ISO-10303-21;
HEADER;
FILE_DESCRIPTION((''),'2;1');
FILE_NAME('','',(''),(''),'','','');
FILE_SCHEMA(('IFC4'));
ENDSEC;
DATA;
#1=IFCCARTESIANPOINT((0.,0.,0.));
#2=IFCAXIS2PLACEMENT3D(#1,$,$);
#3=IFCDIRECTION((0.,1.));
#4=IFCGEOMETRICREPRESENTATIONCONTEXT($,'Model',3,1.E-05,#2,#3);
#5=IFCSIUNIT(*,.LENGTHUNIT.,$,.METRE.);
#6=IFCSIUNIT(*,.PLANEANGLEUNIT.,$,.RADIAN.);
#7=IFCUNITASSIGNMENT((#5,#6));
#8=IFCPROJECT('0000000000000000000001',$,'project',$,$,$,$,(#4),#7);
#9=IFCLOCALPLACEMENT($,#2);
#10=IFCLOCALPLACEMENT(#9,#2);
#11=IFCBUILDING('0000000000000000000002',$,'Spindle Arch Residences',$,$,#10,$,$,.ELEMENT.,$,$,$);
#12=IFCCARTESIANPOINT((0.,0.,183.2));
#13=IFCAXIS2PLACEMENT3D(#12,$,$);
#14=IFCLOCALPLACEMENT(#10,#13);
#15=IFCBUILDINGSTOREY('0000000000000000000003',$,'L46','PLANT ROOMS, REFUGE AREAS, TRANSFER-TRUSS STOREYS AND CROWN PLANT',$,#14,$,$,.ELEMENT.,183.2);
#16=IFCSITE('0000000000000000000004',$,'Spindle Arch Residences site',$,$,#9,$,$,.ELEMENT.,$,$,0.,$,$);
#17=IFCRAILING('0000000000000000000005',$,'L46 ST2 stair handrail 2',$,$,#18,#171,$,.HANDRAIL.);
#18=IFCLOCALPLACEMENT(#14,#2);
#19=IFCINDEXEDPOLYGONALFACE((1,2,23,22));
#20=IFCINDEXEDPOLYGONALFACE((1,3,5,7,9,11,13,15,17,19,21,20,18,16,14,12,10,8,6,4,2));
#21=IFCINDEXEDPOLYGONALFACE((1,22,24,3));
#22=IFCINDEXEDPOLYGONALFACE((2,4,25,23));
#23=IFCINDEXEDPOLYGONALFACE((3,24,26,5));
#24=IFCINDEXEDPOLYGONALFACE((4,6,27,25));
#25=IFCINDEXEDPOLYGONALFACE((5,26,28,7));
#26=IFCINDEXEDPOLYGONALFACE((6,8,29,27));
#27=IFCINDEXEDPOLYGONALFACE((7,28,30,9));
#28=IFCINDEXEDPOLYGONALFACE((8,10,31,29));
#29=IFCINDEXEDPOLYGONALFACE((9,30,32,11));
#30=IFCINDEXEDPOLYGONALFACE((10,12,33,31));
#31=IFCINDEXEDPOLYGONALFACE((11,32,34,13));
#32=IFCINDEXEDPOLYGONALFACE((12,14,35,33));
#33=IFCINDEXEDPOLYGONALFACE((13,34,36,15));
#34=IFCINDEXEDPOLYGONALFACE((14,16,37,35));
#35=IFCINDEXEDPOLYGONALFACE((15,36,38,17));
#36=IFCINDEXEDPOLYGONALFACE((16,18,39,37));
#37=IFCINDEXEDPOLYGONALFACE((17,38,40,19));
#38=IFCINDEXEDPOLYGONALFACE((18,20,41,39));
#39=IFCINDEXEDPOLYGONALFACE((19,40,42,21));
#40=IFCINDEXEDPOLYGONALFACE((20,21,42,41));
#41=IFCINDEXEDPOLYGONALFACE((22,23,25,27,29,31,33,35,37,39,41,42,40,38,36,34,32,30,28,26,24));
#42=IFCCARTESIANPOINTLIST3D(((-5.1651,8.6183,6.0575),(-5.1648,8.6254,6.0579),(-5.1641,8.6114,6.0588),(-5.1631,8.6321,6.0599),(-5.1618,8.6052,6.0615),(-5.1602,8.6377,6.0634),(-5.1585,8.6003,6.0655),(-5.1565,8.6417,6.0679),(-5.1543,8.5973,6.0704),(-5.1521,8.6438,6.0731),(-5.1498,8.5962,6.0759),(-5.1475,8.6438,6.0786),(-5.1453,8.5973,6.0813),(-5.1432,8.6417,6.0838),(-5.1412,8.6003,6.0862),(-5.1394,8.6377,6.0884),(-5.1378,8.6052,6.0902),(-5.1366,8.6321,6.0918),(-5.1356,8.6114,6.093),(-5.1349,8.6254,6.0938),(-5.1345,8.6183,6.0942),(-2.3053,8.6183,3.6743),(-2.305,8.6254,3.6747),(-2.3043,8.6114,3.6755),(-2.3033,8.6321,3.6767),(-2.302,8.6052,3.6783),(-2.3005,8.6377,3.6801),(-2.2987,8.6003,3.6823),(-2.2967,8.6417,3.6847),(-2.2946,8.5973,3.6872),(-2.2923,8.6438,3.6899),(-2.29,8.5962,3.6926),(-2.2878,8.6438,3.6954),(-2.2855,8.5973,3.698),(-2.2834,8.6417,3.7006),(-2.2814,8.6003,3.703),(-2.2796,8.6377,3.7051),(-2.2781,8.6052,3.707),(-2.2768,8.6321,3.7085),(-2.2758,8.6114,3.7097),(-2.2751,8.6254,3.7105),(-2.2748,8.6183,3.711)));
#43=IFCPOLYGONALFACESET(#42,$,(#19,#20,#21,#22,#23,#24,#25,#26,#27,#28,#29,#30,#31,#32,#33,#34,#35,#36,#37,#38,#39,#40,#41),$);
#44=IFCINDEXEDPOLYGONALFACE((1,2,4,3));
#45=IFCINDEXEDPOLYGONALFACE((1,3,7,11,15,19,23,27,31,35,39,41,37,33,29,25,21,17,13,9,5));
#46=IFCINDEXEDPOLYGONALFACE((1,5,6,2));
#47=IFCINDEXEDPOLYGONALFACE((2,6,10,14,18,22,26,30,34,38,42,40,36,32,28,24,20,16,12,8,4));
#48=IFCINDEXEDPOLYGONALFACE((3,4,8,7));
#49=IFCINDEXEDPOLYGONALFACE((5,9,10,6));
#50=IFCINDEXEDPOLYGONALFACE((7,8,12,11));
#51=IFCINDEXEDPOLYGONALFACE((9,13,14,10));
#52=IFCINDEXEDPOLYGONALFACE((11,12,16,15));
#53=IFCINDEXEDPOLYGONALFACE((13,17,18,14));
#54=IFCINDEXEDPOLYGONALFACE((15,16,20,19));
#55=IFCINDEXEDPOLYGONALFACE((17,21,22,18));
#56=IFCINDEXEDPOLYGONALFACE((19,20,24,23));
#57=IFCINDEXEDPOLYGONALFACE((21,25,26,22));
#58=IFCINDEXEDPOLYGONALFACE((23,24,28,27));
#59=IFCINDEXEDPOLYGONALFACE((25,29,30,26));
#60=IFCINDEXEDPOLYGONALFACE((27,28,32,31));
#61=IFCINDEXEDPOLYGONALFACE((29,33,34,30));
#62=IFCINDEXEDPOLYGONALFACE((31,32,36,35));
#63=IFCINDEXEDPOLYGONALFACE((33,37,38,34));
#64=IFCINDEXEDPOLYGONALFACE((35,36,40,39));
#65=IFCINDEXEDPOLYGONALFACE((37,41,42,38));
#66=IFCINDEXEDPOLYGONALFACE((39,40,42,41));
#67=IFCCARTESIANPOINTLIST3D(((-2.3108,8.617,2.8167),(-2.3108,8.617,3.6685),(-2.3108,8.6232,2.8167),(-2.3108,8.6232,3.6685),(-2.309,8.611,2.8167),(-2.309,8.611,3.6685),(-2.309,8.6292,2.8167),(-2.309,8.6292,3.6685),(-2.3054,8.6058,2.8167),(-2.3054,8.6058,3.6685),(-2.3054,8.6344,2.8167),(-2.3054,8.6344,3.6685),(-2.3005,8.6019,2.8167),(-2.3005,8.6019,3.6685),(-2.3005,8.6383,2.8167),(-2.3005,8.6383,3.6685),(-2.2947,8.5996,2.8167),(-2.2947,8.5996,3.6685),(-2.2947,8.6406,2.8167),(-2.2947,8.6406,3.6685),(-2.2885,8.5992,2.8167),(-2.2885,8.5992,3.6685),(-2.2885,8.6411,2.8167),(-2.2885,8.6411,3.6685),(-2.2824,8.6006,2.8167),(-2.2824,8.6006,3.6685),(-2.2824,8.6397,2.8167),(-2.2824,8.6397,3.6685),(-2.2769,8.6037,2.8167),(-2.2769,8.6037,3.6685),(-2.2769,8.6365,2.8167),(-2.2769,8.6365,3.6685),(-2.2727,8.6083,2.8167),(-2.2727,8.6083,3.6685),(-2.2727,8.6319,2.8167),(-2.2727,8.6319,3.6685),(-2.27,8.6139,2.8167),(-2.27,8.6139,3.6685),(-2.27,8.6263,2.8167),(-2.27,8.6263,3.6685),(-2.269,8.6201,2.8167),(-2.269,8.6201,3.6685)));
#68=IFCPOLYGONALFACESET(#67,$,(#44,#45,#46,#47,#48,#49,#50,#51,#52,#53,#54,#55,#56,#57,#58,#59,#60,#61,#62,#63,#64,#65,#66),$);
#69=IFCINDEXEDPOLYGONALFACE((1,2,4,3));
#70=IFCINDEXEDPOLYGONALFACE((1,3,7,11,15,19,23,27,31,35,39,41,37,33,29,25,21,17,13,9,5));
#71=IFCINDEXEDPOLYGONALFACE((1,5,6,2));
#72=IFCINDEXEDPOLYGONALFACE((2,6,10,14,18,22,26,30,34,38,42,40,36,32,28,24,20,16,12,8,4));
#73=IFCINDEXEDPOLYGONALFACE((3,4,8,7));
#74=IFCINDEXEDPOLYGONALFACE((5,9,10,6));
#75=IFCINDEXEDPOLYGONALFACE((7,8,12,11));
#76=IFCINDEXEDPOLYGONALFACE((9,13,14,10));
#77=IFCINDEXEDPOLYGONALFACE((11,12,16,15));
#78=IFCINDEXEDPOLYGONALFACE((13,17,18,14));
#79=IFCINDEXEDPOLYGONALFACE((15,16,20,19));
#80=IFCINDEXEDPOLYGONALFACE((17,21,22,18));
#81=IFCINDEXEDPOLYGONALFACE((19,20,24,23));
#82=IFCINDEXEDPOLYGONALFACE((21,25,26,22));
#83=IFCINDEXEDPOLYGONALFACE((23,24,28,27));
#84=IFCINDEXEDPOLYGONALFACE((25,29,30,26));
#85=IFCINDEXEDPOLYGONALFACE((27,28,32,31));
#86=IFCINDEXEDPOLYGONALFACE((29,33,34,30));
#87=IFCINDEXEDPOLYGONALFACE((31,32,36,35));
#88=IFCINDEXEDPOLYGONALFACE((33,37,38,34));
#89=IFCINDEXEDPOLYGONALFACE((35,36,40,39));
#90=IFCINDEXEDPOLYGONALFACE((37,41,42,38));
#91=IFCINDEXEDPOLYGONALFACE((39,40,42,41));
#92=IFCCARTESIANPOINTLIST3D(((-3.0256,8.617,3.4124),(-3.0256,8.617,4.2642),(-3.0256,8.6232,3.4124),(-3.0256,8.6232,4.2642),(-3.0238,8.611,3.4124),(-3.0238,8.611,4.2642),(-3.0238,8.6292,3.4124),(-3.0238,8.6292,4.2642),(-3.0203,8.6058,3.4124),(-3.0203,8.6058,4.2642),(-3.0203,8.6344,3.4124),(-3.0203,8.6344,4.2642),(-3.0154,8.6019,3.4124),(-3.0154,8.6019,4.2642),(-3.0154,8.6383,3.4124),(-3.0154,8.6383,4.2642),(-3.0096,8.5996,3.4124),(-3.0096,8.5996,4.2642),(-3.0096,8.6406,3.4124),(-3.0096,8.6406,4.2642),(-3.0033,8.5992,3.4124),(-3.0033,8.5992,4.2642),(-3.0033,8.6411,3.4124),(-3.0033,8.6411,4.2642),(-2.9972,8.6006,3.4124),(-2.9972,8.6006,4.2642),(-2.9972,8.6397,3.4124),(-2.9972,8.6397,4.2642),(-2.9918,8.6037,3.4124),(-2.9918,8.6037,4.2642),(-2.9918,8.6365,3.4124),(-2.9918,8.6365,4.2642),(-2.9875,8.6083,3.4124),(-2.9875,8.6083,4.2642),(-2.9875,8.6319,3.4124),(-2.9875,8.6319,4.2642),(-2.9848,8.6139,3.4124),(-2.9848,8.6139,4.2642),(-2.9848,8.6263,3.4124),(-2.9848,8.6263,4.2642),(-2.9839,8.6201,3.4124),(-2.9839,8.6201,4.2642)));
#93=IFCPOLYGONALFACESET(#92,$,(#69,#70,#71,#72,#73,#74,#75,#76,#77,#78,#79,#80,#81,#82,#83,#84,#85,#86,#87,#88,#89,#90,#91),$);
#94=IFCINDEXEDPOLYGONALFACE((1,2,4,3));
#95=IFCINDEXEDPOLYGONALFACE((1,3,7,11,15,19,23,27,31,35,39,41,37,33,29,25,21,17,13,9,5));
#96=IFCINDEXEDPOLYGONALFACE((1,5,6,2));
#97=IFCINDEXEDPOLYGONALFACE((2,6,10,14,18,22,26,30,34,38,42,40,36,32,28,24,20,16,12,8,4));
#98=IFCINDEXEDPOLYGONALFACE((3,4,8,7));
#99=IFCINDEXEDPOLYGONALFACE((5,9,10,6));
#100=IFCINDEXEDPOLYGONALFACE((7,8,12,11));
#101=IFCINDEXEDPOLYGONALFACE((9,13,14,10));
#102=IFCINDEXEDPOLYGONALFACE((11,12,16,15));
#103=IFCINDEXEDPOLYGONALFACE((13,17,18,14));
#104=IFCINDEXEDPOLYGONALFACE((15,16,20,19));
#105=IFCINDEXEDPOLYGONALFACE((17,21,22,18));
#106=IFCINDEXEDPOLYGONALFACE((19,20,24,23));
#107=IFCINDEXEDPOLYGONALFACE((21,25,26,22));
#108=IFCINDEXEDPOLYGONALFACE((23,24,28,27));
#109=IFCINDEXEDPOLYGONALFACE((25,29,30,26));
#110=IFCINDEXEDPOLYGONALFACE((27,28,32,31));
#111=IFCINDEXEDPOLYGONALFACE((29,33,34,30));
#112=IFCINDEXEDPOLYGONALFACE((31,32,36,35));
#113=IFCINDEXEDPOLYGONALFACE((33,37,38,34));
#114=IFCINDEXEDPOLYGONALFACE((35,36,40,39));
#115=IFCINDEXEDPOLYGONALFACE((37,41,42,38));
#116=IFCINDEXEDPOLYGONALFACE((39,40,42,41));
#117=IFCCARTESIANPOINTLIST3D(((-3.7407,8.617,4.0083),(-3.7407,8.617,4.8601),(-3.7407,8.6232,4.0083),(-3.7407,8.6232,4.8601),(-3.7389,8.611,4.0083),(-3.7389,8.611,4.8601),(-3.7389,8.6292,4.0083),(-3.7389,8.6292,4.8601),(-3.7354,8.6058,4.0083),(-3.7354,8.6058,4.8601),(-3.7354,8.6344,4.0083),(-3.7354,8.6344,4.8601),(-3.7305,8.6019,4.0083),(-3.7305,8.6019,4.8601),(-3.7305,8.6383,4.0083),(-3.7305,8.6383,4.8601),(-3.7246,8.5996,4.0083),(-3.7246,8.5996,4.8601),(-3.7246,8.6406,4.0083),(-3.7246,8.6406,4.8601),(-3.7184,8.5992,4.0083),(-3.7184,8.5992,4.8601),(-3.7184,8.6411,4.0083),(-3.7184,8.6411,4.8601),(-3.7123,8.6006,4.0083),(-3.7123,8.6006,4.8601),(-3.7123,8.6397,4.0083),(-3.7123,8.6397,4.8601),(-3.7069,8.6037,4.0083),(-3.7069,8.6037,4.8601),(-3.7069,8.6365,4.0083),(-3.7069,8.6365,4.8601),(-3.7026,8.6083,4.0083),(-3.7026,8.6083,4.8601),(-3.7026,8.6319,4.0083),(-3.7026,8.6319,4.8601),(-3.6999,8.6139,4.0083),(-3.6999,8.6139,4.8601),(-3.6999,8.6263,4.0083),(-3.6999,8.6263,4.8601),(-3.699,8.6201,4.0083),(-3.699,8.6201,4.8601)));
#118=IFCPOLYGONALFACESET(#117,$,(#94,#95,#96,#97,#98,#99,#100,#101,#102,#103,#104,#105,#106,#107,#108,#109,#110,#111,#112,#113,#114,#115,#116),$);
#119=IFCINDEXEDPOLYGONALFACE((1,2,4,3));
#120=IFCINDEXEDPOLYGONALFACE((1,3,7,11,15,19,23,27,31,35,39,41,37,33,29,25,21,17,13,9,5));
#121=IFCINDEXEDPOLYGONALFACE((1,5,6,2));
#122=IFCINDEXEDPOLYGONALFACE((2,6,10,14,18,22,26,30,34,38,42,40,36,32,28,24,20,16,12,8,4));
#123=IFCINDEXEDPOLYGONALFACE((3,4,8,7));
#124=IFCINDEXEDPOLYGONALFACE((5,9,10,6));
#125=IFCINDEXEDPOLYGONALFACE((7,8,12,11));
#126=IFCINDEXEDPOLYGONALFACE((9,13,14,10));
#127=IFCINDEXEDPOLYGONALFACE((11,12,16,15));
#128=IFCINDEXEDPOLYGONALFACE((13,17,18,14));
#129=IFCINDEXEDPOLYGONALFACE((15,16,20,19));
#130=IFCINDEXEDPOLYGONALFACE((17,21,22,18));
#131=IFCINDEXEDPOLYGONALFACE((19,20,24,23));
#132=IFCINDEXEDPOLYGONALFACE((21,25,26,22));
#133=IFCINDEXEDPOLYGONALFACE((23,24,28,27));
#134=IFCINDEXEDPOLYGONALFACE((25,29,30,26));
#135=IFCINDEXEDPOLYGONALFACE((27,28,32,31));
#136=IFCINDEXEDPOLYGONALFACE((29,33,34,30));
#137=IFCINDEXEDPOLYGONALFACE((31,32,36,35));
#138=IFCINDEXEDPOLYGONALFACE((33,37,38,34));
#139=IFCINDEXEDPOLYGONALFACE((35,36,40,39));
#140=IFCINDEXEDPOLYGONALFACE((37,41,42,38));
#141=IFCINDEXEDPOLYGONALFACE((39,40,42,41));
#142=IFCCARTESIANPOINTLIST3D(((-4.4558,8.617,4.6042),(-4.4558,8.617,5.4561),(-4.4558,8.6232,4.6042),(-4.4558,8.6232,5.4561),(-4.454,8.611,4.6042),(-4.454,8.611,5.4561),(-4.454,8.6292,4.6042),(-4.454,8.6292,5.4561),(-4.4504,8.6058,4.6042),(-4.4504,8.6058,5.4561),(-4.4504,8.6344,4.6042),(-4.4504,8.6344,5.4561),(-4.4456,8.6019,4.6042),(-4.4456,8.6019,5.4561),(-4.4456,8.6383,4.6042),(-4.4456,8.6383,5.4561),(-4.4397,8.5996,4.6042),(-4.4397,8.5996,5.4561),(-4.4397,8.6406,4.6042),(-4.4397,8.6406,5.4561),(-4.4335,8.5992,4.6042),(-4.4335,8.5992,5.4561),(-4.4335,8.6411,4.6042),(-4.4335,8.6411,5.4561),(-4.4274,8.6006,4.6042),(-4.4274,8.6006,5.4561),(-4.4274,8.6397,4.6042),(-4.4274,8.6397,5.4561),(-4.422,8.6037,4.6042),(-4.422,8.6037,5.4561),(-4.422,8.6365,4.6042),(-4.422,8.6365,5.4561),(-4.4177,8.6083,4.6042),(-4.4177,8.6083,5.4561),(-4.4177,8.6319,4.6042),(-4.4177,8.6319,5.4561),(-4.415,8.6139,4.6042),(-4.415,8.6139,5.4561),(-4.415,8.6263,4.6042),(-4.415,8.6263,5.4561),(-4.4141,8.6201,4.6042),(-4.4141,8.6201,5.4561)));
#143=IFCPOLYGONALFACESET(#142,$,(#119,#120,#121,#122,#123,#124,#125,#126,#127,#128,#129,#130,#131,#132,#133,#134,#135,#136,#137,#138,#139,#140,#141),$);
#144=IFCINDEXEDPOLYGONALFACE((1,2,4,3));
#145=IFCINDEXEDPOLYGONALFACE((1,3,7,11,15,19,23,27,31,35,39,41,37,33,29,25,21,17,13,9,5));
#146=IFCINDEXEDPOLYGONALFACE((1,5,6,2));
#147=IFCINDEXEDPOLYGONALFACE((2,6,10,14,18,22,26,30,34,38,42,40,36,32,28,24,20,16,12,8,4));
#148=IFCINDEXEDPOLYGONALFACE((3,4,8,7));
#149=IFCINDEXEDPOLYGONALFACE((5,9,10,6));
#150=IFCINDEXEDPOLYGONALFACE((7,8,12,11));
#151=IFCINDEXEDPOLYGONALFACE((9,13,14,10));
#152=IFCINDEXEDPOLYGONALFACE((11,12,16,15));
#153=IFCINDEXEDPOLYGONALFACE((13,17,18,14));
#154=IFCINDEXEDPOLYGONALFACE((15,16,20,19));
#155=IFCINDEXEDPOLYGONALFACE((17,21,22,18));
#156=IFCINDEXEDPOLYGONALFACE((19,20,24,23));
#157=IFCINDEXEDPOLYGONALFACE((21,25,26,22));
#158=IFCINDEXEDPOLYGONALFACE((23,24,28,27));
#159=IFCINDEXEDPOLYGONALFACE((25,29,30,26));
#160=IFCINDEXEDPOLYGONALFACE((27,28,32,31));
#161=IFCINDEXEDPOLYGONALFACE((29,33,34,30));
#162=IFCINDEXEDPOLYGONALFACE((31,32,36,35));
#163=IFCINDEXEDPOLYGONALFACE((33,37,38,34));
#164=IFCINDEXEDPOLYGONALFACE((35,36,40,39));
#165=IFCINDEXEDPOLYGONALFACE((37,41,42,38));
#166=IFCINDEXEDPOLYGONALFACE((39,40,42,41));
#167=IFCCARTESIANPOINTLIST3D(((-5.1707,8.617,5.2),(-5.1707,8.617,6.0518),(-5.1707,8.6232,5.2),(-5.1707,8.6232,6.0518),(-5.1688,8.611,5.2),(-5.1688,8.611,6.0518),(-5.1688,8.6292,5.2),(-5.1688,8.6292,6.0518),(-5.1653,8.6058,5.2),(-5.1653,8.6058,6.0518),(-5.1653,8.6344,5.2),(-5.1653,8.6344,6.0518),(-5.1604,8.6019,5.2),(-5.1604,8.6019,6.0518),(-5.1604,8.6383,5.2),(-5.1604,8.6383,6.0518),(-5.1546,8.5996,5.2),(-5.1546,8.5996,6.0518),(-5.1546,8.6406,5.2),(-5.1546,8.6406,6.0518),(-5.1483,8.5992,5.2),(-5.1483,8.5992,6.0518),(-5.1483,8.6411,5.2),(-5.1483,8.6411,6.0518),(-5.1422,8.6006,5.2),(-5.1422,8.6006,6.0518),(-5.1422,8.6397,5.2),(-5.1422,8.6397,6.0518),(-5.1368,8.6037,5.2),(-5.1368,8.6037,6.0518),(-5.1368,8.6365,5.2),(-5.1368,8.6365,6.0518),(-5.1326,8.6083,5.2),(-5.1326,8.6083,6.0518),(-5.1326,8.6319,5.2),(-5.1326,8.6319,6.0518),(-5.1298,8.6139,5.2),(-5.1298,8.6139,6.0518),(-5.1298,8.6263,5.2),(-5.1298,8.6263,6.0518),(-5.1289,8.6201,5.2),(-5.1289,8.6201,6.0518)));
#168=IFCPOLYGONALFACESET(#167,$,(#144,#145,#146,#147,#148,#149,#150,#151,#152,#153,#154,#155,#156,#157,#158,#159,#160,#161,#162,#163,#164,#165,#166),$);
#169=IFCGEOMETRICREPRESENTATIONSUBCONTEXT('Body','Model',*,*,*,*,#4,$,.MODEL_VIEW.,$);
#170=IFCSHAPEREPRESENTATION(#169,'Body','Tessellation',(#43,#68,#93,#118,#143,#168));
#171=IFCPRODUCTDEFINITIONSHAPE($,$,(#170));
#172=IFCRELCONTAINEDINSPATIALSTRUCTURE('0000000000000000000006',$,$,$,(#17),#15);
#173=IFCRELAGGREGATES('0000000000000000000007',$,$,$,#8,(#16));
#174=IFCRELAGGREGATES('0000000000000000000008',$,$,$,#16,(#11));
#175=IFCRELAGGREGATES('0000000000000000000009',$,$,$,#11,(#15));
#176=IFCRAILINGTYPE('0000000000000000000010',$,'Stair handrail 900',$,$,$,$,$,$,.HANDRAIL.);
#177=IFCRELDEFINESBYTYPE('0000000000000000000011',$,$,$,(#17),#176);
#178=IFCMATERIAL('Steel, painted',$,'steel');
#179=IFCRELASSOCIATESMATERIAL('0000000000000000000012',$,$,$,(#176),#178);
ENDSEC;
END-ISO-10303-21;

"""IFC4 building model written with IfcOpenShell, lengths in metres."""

from ifc_helpers import new_model, si_unit, direction, frame, origin, origin_2d, place, context, subcontext, project, spatial, circle, extrude, material, type_object, element, save


model = new_model("IFC4")

# Units and contexts
model_context = context("Model", 3, precision=1e-05, world=origin(), true_north=direction((0.0, 1.0)))
body_context = subcontext(model_context, "Body", "Model", "MODEL_VIEW")
ifc_project = project(units=[si_unit("LENGTHUNIT", "METRE"), si_unit("PLANEANGLEUNIT", "RADIAN")], contexts=[model_context])

# Site, building, storey
site_placement = place(None, origin())
site = spatial("IfcSite", under=ifc_project, at=site_placement, Name="Spindle Arch Residences site", CompositionType="ELEMENT", RefElevation=0.0)
building_placement = place(site_placement, origin())
building = spatial("IfcBuilding", under=site, at=building_placement, Name="Spindle Arch Residences", CompositionType="ELEMENT")
storey_placement = place(building_placement, frame((0.0, 0.0, 183.2)))
storey = spatial("IfcBuildingStorey", under=building, at=storey_placement, Name="L46", Description="PLANT ROOMS, REFUGE AREAS, TRANSFER-TRUSS STOREYS AND CROWN PLANT", CompositionType="ELEMENT", Elevation=183.2)

# Railing
ifc_material_1 = material(Name="Steel, painted", Category="steel")
railing_type_1 = type_object("IfcRailingType", Name="Stair handrail 900", PredefinedType="HANDRAIL", material=ifc_material_1)
railing_1_placement = place(storey_placement, frame((-2.29, 8.6201, 2.8167)))
element("IfcRailing", 1, at=railing_1_placement, inside=storey, type_object=railing_type_1, Name="L46 ST2 stair handrail 2", PredefinedType="HANDRAIL", context=body_context, shape_type="SweptSolid", body=[
    extrude(circle(Radius=0.0239, at=origin_2d()), frame((0.0, 0.0, 0.876), z_axis=(-0.768211, 0.0, 0.640197), x_axis=(0.0, -1.0, 0.0)), (0.0, 0.0, 1.0), 3.7227),
    extrude(circle(Radius=0.021, at=origin_2d()), origin(), (0.0, 0.0, 1.0), 0.8518),
    extrude(circle(Radius=0.021, at=origin_2d()), frame((-0.7148, 0.0, 0.5957)), (0.0, 0.0, 1.0), 0.8518),
    extrude(circle(Radius=0.021, at=origin_2d()), frame((-1.4299, 0.0, 1.1917)), (0.0, 0.0, 1.0), 0.8518),
    extrude(circle(Radius=0.021, at=origin_2d()), frame((-2.145, 0.0, 1.7876)), (0.0, 0.0, 1.0), 0.8518),
    extrude(circle(Radius=0.021, at=origin_2d()), frame((-2.8599, 0.0, 2.3833)), (0.0, 0.0, 1.0), 0.8518),
])

save(model, "model.ifc")
